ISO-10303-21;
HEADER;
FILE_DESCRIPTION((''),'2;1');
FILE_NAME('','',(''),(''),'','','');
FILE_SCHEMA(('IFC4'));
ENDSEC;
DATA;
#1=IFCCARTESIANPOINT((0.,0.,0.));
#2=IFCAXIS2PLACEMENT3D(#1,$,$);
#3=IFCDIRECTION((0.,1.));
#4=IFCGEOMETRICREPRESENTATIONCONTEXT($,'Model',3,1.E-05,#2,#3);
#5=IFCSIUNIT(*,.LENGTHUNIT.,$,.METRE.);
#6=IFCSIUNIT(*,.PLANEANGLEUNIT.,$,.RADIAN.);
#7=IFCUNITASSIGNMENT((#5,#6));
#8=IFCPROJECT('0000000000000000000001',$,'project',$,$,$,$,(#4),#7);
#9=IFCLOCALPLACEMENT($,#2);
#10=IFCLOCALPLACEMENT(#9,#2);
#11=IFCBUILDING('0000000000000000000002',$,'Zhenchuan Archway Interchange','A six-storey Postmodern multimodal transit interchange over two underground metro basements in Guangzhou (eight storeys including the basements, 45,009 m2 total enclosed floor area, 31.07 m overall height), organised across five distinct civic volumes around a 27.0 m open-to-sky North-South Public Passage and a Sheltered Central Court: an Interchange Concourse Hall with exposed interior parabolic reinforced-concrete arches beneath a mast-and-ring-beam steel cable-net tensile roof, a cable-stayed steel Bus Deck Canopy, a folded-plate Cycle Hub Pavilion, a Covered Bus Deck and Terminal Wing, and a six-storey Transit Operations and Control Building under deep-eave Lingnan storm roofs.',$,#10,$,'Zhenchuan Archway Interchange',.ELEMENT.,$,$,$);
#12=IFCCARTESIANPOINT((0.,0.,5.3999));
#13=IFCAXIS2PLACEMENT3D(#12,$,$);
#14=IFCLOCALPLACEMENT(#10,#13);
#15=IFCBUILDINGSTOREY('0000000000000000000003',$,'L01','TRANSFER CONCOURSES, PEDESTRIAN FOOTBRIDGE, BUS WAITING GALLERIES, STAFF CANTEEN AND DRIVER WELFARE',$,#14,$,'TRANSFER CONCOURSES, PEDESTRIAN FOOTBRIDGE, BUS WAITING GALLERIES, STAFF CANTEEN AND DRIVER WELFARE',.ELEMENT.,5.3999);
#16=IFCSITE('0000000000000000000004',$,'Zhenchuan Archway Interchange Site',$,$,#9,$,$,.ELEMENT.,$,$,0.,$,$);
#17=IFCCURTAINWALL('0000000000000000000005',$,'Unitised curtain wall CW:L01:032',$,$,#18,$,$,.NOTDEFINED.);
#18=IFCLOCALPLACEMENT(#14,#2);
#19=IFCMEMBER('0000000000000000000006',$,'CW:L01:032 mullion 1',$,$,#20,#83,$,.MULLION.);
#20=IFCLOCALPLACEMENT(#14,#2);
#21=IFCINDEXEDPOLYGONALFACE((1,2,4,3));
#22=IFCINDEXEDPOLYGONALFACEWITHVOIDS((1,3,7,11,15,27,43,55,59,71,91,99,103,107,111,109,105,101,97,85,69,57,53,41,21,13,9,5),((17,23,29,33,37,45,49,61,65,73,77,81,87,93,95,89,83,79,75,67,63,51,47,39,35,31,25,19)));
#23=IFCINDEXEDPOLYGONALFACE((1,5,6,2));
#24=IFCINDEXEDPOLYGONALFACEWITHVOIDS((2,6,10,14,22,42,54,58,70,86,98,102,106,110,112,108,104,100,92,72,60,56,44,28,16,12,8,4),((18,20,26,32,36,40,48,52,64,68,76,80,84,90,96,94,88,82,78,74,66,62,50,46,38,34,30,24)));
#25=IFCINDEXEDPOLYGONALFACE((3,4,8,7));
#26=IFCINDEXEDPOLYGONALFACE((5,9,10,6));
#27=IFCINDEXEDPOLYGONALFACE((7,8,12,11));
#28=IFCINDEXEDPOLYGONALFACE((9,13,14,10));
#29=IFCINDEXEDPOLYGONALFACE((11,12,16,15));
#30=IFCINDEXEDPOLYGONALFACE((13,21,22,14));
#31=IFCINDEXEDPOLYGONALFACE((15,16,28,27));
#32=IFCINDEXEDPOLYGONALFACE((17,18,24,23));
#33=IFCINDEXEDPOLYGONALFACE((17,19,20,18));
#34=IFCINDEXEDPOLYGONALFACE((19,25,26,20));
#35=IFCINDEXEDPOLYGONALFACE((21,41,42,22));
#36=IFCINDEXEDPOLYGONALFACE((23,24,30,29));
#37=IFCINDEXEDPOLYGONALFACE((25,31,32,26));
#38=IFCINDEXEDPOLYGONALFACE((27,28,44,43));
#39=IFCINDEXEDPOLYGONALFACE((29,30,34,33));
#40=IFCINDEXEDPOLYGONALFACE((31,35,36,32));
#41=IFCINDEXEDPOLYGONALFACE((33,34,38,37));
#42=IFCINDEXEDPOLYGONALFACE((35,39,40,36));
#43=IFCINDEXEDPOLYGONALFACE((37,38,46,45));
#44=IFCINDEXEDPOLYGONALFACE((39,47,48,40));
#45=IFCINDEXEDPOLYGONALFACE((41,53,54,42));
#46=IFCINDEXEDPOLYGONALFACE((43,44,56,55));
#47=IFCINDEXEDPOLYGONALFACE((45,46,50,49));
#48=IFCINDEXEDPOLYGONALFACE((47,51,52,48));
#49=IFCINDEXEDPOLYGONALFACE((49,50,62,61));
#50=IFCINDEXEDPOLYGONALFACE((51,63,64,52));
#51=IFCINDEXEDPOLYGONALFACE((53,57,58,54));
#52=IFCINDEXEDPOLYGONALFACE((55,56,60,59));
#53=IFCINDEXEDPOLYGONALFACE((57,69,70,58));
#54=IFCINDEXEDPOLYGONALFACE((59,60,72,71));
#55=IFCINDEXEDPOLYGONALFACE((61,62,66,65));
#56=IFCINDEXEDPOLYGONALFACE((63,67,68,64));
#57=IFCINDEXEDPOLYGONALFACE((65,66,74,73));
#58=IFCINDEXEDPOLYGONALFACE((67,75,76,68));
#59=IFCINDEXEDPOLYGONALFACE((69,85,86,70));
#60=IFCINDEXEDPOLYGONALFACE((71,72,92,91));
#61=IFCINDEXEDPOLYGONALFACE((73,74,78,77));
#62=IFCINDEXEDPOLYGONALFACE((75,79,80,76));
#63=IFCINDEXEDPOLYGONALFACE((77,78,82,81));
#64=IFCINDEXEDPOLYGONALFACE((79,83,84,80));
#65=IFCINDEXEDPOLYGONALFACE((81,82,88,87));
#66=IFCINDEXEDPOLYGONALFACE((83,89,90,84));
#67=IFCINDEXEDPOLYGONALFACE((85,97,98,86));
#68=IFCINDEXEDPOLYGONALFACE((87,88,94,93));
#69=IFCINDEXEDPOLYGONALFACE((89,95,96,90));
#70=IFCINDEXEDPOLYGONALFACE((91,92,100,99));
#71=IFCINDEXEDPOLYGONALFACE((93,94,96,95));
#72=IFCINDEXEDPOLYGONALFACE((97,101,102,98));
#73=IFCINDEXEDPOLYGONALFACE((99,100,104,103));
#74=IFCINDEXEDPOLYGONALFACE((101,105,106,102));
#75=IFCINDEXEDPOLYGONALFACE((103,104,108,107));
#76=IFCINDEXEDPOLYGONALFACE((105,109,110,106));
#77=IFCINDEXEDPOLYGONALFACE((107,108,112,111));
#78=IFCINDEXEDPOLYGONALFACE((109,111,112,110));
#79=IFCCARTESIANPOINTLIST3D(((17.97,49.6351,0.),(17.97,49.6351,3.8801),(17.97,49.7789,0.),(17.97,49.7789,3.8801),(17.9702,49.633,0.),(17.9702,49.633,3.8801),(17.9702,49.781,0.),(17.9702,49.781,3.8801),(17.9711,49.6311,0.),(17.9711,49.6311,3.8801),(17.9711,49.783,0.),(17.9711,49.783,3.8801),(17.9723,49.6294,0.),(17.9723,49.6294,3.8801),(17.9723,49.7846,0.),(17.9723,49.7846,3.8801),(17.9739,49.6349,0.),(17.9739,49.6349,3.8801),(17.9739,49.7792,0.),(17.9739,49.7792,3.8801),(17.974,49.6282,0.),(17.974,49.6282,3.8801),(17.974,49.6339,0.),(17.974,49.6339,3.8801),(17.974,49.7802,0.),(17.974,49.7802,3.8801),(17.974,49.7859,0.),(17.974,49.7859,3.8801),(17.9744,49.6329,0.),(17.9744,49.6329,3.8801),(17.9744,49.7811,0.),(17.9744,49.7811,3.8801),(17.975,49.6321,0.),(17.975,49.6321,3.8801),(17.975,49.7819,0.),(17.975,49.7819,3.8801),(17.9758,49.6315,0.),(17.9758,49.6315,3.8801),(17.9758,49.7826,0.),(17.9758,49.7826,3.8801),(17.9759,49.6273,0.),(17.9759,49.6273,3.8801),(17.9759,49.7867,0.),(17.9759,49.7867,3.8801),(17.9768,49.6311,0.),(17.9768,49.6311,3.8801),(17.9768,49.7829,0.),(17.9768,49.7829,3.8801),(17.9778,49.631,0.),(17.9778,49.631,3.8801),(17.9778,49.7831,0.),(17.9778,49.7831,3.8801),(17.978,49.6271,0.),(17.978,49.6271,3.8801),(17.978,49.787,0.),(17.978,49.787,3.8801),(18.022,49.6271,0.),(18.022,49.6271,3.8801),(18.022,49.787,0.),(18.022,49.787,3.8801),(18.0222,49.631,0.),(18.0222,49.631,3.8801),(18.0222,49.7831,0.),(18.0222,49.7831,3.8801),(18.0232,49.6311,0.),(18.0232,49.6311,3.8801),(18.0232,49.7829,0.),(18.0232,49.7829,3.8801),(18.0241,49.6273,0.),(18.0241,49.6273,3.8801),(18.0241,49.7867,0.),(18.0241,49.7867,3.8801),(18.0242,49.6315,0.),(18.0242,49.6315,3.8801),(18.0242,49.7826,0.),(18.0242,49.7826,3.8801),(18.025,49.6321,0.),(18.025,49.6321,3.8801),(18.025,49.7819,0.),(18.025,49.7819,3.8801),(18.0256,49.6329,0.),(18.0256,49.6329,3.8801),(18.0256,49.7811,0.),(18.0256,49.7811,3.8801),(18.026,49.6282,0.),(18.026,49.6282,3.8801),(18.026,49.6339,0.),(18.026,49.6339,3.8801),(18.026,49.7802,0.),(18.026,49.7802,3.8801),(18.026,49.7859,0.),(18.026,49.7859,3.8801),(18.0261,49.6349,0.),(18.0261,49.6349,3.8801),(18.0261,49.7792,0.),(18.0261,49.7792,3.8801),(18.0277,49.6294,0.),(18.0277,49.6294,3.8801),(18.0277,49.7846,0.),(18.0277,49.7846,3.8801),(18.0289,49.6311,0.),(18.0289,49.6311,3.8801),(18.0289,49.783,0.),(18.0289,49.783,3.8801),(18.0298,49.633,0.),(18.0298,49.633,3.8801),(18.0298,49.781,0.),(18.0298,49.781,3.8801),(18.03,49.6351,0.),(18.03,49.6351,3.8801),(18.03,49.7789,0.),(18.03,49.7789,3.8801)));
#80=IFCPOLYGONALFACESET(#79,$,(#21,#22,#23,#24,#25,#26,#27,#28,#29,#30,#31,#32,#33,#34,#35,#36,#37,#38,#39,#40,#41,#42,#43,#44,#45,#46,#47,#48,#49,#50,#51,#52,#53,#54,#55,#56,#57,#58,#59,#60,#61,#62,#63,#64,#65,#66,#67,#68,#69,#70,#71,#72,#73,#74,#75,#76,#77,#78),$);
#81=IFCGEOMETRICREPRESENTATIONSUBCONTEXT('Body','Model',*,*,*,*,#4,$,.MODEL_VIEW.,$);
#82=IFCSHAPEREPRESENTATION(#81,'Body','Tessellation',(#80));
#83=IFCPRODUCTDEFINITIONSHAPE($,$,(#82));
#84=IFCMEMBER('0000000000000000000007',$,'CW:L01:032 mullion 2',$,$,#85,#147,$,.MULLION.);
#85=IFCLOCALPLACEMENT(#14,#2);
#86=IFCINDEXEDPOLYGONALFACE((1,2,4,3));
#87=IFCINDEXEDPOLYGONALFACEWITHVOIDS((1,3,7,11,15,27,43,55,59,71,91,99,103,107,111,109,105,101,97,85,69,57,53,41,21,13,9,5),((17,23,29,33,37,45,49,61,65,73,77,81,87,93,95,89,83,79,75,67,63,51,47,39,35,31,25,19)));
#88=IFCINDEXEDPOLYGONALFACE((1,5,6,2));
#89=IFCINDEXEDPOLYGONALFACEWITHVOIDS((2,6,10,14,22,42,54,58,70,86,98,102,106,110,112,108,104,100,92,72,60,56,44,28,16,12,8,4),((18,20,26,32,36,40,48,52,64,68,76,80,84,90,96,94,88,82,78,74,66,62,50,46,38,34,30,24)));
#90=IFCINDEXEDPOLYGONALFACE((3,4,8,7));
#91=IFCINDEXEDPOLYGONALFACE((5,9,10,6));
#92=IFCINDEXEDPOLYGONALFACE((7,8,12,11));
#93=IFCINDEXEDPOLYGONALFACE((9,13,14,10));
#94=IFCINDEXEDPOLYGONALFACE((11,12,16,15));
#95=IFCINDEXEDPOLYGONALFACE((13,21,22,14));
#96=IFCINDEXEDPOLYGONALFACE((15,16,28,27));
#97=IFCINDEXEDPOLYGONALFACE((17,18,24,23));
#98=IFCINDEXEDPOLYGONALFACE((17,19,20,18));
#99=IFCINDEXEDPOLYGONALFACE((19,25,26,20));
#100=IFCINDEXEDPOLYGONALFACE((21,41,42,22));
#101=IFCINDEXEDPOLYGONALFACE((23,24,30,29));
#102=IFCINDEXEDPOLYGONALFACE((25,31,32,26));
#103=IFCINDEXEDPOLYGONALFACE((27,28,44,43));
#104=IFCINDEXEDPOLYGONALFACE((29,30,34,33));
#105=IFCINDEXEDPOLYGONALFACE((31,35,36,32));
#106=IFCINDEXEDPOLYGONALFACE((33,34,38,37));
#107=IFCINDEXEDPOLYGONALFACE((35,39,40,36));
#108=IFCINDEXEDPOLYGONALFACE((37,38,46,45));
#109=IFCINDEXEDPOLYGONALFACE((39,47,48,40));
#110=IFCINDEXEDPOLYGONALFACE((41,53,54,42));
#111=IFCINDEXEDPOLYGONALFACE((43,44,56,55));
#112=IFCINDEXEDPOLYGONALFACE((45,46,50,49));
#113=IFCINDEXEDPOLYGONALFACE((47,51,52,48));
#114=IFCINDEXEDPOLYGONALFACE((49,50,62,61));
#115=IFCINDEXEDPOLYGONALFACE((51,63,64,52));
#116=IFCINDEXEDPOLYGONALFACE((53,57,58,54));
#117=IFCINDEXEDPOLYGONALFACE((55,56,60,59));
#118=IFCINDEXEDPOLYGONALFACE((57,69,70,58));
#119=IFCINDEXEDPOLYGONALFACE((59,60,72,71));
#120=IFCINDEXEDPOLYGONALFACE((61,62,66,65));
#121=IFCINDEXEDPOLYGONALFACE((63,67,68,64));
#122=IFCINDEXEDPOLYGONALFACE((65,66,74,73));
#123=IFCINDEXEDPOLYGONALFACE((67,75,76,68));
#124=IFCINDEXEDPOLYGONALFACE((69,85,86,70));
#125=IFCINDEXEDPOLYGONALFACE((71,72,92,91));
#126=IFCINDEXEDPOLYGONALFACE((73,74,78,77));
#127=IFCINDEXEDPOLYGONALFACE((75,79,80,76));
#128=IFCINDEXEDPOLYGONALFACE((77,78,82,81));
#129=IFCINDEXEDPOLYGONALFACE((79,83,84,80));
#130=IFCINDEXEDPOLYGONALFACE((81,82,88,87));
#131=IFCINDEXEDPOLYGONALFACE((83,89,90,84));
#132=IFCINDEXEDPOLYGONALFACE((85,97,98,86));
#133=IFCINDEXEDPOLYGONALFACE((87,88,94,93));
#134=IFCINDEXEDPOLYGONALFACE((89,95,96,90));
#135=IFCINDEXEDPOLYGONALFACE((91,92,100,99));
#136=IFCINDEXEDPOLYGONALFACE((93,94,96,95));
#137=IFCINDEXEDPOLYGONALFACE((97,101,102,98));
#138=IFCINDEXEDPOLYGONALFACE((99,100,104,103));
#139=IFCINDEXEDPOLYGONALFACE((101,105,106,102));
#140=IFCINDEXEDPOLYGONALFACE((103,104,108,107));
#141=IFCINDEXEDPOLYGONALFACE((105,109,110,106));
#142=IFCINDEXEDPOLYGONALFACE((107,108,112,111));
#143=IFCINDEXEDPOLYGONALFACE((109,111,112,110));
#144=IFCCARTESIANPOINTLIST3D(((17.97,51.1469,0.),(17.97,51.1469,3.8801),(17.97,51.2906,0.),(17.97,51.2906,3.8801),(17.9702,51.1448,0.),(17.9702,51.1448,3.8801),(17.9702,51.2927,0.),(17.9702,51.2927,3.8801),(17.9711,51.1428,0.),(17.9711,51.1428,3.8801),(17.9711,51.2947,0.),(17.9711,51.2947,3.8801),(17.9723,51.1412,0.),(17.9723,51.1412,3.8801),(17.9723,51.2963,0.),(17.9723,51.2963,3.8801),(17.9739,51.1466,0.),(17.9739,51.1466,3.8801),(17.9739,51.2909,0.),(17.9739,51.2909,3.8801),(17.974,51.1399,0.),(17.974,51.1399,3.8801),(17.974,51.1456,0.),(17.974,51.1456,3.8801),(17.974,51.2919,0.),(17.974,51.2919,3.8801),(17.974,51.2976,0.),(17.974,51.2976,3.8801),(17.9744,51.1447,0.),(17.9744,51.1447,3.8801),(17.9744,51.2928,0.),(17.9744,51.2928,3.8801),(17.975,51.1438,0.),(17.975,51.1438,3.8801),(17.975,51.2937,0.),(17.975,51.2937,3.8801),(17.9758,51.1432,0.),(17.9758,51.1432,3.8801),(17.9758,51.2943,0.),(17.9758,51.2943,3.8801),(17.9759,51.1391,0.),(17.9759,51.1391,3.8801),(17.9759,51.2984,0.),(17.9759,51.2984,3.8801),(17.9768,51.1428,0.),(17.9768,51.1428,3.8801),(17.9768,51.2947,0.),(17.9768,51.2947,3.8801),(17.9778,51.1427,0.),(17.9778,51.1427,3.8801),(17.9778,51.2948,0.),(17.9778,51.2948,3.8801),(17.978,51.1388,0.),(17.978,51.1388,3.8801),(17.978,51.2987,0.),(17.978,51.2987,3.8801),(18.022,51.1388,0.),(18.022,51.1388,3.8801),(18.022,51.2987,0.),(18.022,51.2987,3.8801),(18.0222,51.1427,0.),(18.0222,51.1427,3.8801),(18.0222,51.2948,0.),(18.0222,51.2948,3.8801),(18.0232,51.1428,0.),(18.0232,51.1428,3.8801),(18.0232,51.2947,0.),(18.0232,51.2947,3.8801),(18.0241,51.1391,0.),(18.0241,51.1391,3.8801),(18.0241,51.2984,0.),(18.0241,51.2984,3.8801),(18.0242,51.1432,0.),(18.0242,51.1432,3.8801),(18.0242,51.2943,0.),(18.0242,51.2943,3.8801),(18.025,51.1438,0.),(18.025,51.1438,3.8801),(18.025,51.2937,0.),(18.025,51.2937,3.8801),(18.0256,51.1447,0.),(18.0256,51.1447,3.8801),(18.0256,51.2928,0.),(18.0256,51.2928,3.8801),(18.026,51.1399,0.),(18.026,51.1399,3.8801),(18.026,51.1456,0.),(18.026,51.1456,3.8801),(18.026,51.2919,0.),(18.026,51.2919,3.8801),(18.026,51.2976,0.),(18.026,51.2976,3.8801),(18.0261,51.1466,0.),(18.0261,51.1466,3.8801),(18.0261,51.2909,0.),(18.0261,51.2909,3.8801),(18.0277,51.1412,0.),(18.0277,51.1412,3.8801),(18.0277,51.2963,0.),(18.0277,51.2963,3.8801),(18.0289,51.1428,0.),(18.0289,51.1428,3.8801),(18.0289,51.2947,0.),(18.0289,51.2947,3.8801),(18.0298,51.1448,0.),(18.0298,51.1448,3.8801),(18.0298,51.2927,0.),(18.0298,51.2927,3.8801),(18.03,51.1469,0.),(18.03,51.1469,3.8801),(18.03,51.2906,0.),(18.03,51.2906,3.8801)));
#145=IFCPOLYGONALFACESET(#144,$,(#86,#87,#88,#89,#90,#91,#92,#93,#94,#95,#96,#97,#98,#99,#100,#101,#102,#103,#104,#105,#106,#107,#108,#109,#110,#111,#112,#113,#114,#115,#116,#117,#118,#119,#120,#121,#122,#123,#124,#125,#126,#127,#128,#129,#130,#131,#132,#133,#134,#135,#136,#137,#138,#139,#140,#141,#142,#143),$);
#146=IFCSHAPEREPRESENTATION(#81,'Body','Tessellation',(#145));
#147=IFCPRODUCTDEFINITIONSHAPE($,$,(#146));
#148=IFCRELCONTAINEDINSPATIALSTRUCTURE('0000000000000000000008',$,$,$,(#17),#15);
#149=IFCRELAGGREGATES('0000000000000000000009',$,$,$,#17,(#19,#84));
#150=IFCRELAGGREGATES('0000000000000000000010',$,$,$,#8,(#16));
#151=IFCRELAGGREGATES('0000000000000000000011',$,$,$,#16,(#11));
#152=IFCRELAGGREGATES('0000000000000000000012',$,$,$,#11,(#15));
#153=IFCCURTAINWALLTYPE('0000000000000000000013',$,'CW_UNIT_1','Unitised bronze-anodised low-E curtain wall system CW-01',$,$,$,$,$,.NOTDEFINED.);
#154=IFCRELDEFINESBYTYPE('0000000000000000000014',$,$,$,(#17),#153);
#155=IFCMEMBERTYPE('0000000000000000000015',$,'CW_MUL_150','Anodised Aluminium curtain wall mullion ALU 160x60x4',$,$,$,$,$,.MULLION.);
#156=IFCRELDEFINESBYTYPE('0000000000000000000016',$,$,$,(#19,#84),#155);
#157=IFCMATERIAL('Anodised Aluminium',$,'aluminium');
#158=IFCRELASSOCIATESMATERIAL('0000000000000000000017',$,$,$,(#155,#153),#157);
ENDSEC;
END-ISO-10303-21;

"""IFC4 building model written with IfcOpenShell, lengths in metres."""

from ifc_helpers import new_model, si_unit, direction, frame, origin, origin_2d, place, context, subcontext, project, spatial, hollow_rectangle, extrude, material, material_profile, profile_set, type_object, element, aggregate, save


model = new_model("IFC4")

# Units and contexts
model_context = context("Model", 3, precision=1e-05, world=origin(), true_north=direction((0.0, 1.0)))
body_context = subcontext(model_context, "Body", "Model", "MODEL_VIEW")
ifc_project = project(units=[si_unit("LENGTHUNIT", "METRE"), si_unit("PLANEANGLEUNIT", "RADIAN")], contexts=[model_context])

# Site, building, storey
site_placement = place(None, origin())
site = spatial("IfcSite", under=ifc_project, at=site_placement, Name="Zhenchuan Archway Interchange Site", CompositionType="ELEMENT", RefElevation=0.0)
building_placement = place(site_placement, origin())
building = spatial("IfcBuilding", under=site, at=building_placement, Name="Zhenchuan Archway Interchange", Description="A six-storey Postmodern multimodal transit interchange over two underground metro basements in Guangzhou (eight storeys including the basements, 45,009 m2 total enclosed floor area, 31.07 m overall height), organised across five distinct civic volumes around a 27.0 m open-to-sky North-South Public Passage and a Sheltered Central Court: an Interchange Concourse Hall with exposed interior parabolic reinforced-concrete arches beneath a mast-and-ring-beam steel cable-net tensile roof, a cable-stayed steel Bus Deck Canopy, a folded-plate Cycle Hub Pavilion, a Covered Bus Deck and Terminal Wing, and a six-storey Transit Operations and Control Building under deep-eave Lingnan storm roofs.", LongName="Zhenchuan Archway Interchange", CompositionType="ELEMENT")
storey_placement = place(building_placement, frame((0.0, 0.0, 5.3999)))
storey = spatial("IfcBuildingStorey", under=building, at=storey_placement, Name="L01", Description="TRANSFER CONCOURSES, PEDESTRIAN FOOTBRIDGE, BUS WAITING GALLERIES, STAFF CANTEEN AND DRIVER WELFARE", LongName="TRANSFER CONCOURSES, PEDESTRIAN FOOTBRIDGE, BUS WAITING GALLERIES, STAFF CANTEEN AND DRIVER WELFARE", CompositionType="ELEMENT", Elevation=5.3999)

# Shared definitions
ifc_material_1 = material(Name="Anodised Aluminium", Category="aluminium")
ifc_material_profile_1 = material_profile(ifc_material_1, hollow_rectangle(XDim=0.0601, YDim=0.1599, WallThickness=0.0039, InnerFilletRadius=0.0039, OuterFilletRadius=0.0081, at=origin_2d()), Name="ALU 160x60x4")
ifc_profile_set_1 = profile_set([ifc_material_profile_1], Name="Anodised Aluminium")
member_type_1 = type_object("IfcMemberType", Name="CW_MUL_150", Description="Anodised Aluminium curtain wall mullion ALU 160x60x4", PredefinedType="MULLION", material=ifc_profile_set_1)

# Curtain wall, members
curtain_wall_type_1 = type_object("IfcCurtainWallType", Name="CW_UNIT_1", Description="Unitised bronze-anodised low-E curtain wall system CW-01", PredefinedType="NOTDEFINED", material=ifc_material_1)
curtain_wall_1_placement = place(storey_placement, origin())
curtain_wall_1 = element("IfcCurtainWall", 1, at=curtain_wall_1_placement, inside=storey, type_object=curtain_wall_type_1, Name="Unitised curtain wall CW:L01:032", PredefinedType="NOTDEFINED")
member_1_placement = place(storey_placement, frame((18.0, 49.707, 0.0), z_axis=(0.0, 0.0, 1.0), x_axis=(1.0, 0.0, 0.0)))
member_1 = element("IfcMember", 2, at=member_1_placement, type_object=member_type_1, Name="CW:L01:032 mullion 1", PredefinedType="MULLION", context=body_context, shape_type="SweptSolid", body=[
    extrude(hollow_rectangle(XDim=0.0601, YDim=0.1599, WallThickness=0.0039, InnerFilletRadius=0.0039, OuterFilletRadius=0.0081, at=origin_2d()), origin(), (0.0, 0.0, 1.0), 3.8801),
])
member_2_placement = place(storey_placement, frame((18.0, 51.2188, 0.0), z_axis=(0.0, 0.0, 1.0), x_axis=(1.0, 0.0, 0.0)))
member_2 = element("IfcMember", 3, at=member_2_placement, type_object=member_type_1, Name="CW:L01:032 mullion 2", PredefinedType="MULLION", context=body_context, shape_type="SweptSolid", body=[
    extrude(hollow_rectangle(XDim=0.0601, YDim=0.1599, WallThickness=0.0039, InnerFilletRadius=0.0039, OuterFilletRadius=0.0081, at=origin_2d()), origin(), (0.0, 0.0, 1.0), 3.8801),
])

aggregate(curtain_wall_1, [member_1, member_2])

save(model, "model.ifc")
